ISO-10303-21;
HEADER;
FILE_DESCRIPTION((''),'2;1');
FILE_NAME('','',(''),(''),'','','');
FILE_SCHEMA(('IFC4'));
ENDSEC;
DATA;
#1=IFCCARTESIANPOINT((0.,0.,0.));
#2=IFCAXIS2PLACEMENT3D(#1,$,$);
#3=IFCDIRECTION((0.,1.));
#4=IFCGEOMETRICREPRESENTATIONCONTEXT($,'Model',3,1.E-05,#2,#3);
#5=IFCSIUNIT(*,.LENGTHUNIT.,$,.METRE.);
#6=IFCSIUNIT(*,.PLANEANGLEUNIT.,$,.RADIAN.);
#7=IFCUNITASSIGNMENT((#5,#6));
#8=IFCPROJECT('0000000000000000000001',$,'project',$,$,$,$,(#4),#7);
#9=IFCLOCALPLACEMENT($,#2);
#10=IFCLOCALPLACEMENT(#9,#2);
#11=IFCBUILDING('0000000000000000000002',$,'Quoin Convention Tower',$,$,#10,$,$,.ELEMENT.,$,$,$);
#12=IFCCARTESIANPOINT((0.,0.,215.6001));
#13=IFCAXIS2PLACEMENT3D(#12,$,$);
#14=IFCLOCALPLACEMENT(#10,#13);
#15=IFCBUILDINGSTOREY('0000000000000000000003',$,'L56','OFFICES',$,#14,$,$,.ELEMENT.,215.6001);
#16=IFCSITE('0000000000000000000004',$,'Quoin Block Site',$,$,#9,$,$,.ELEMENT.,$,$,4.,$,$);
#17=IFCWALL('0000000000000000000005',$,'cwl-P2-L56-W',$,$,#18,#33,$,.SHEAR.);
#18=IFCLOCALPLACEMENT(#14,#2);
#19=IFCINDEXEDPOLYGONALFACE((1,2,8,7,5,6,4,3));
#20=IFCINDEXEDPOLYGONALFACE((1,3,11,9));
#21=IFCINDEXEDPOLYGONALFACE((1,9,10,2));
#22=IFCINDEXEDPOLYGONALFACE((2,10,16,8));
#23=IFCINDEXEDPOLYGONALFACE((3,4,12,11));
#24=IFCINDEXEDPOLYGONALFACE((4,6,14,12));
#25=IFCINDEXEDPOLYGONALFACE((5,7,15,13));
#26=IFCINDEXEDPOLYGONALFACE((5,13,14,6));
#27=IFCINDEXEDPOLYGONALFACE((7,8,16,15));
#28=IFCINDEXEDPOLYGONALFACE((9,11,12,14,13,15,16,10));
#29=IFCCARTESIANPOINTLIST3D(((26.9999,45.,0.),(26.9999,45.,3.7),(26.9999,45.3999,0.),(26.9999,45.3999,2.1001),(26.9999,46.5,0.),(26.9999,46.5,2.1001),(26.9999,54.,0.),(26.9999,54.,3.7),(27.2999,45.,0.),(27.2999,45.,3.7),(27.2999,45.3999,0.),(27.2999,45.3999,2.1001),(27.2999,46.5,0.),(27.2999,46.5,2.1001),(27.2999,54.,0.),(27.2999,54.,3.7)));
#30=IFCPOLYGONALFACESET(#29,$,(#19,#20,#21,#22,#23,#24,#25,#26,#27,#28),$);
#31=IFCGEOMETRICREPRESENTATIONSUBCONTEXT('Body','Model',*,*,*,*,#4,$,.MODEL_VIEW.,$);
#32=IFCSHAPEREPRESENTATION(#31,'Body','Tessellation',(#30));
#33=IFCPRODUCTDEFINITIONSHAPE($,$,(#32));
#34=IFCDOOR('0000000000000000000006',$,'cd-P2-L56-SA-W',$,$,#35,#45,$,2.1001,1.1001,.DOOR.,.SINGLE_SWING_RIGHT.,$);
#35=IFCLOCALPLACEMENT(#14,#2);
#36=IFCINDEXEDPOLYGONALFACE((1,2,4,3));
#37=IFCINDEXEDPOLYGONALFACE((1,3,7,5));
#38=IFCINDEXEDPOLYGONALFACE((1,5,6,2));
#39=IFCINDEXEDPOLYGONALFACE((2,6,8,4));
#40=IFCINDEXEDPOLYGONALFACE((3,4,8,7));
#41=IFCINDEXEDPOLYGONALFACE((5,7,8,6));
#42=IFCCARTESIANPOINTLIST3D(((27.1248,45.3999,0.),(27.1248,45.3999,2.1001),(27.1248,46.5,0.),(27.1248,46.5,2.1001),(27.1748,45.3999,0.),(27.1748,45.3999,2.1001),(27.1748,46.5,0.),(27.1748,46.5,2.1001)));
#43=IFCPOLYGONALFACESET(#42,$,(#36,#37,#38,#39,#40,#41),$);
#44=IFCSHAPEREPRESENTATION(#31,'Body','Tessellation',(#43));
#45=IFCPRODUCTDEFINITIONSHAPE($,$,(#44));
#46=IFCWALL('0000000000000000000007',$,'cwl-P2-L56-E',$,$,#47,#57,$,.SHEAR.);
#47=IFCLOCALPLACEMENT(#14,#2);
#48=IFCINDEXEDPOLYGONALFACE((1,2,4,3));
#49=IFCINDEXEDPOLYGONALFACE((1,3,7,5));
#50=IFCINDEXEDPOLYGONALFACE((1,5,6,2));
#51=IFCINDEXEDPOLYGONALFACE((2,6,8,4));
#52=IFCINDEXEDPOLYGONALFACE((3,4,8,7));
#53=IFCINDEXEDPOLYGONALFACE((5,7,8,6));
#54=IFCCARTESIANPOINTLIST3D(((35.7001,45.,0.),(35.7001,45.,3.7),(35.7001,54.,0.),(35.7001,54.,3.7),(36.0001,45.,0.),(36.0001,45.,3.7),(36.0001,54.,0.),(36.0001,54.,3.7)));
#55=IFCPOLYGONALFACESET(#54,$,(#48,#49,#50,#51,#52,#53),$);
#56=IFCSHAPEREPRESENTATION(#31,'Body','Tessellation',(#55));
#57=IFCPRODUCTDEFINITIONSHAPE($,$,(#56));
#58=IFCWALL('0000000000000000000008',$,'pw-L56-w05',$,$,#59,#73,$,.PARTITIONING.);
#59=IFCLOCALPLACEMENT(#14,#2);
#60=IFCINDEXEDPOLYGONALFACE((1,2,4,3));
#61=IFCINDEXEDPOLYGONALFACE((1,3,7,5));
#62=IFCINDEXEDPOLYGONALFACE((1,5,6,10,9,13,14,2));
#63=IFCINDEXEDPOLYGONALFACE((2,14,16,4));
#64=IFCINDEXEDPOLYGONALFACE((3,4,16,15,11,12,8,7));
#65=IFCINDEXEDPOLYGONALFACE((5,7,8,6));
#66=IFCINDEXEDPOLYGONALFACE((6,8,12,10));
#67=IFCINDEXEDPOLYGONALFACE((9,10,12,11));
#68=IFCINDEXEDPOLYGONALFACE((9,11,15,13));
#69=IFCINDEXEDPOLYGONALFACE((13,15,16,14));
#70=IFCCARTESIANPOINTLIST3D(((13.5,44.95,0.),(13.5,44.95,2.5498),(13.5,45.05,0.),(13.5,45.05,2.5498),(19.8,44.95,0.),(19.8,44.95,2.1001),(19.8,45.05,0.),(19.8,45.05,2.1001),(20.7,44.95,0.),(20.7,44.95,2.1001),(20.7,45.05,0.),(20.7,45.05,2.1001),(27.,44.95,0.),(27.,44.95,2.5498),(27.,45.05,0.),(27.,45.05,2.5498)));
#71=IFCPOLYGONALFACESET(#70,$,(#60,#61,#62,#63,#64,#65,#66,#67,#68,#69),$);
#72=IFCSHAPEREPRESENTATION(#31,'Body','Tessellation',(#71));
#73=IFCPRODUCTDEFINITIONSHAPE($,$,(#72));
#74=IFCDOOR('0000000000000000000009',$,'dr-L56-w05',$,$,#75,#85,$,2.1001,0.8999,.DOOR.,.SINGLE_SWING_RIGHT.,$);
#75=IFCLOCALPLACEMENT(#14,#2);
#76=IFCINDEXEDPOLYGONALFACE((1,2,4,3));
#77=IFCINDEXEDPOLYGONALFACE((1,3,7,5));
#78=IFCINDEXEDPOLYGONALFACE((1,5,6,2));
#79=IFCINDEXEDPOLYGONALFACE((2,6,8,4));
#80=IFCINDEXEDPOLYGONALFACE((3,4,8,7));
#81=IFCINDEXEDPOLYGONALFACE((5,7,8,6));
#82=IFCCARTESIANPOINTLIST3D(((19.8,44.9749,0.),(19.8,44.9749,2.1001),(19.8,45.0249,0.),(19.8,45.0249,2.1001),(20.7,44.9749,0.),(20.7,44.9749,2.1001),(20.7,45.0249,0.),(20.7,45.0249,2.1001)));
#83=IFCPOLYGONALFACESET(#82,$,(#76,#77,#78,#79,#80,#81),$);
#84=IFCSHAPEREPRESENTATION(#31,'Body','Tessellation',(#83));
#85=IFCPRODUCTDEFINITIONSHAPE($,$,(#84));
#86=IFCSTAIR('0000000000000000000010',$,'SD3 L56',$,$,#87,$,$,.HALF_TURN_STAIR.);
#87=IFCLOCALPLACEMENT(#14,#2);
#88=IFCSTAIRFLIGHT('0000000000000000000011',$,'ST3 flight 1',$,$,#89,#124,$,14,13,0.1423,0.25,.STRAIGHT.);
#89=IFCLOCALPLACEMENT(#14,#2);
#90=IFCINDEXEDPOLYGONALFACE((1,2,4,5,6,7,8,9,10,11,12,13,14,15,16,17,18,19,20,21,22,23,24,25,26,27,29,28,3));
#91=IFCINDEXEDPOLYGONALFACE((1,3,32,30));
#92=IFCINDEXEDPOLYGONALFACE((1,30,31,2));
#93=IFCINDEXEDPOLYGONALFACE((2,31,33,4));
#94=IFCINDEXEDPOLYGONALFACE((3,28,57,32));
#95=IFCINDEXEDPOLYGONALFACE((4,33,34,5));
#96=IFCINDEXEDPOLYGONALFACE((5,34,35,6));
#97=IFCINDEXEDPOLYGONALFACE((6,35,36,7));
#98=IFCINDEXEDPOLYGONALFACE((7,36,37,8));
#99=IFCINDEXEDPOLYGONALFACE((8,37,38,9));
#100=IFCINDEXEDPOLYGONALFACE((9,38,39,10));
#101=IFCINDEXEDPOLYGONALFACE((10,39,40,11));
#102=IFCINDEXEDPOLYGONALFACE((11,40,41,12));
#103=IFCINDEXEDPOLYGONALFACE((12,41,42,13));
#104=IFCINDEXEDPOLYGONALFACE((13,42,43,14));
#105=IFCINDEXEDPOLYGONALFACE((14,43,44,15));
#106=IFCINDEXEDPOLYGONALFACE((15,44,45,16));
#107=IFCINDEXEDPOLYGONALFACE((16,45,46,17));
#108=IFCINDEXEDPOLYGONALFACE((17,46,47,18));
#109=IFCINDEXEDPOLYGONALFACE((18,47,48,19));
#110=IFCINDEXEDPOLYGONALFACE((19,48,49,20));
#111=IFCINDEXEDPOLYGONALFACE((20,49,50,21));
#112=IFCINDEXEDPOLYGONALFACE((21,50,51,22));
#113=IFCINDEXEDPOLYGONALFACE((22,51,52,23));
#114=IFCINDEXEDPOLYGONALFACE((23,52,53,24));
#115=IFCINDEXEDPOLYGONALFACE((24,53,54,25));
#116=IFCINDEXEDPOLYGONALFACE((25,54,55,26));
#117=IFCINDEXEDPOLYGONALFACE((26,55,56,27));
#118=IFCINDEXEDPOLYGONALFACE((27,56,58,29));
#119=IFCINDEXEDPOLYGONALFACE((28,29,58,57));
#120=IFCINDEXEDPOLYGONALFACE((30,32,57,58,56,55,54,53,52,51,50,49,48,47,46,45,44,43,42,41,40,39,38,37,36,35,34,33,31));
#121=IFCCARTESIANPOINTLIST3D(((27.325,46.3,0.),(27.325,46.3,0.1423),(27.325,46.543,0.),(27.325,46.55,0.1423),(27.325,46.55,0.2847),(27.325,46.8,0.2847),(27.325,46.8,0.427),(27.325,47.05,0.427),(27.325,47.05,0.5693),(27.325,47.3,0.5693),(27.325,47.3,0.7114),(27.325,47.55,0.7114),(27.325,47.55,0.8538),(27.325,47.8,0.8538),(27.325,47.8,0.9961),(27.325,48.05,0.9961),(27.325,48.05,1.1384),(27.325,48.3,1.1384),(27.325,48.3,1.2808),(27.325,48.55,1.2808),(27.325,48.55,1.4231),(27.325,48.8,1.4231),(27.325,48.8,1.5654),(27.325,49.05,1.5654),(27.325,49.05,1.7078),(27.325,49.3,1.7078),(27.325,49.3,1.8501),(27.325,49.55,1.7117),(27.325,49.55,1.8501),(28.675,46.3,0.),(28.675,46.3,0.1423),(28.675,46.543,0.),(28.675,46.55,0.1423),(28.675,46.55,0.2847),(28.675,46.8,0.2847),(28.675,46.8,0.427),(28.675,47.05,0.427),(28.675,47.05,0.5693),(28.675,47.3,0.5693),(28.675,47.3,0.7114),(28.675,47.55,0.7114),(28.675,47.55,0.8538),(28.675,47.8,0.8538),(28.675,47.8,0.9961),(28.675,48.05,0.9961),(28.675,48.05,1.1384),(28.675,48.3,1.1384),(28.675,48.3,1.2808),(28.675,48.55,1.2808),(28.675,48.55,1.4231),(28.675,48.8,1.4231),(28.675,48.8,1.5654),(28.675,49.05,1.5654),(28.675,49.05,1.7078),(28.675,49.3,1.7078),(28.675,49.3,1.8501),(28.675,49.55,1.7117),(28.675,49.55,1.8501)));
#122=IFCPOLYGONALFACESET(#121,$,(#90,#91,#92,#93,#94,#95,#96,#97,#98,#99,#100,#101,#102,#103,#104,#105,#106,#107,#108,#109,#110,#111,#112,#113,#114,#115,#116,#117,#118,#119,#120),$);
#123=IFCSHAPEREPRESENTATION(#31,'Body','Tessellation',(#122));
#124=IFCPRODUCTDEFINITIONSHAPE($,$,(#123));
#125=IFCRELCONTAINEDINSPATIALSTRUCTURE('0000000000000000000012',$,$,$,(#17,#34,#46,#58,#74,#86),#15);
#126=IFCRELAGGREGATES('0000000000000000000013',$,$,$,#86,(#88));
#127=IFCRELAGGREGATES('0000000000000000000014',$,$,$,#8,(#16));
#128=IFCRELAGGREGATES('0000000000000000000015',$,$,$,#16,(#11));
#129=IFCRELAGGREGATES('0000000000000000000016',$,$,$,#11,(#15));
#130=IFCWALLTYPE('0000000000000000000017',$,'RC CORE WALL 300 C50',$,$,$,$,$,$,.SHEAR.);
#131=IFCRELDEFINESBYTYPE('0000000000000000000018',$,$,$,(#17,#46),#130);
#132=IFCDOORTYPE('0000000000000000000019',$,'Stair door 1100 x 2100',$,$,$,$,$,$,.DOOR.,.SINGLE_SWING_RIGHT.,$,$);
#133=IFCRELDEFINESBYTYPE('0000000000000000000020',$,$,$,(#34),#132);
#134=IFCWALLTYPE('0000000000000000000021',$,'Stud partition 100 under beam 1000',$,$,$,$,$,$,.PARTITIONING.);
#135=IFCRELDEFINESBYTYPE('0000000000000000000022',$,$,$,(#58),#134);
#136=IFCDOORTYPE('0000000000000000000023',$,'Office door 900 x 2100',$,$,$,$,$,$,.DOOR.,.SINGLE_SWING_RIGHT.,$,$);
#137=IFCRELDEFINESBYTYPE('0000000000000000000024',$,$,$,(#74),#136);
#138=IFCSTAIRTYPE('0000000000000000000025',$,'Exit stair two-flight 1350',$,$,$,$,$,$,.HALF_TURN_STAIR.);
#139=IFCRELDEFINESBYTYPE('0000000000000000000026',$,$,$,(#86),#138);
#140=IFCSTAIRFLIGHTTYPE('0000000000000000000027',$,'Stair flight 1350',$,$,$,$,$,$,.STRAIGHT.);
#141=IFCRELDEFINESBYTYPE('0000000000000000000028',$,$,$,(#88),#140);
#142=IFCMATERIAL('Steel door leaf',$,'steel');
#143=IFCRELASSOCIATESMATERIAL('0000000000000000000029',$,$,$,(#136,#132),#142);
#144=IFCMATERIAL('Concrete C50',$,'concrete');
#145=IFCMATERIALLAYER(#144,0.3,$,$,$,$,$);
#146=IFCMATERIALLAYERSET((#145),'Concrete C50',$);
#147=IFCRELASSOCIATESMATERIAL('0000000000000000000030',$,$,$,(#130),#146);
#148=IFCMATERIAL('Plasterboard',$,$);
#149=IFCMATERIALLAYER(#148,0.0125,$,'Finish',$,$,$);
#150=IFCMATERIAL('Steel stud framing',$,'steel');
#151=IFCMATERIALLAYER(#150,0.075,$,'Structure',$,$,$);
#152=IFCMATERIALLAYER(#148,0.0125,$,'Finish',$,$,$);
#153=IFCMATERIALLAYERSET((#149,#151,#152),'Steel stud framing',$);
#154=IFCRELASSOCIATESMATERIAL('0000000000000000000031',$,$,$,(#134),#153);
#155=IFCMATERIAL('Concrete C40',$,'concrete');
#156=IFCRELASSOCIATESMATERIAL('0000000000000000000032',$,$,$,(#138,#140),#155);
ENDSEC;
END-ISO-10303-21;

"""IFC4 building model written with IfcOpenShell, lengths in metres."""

from ifc_helpers import new_model, si_unit, direction, frame, frame_2d, origin, place, context, subcontext, project, spatial, polyline, rectangle, outline, extrude, material, layer, layer_set, type_object, element, fill, aggregate, save


model = new_model("IFC4")

# Units and contexts
model_context = context("Model", 3, precision=1e-05, world=origin(), true_north=direction((0.0, 1.0)))
body_context = subcontext(model_context, "Body", "Model", "MODEL_VIEW")
ifc_project = project(units=[si_unit("LENGTHUNIT", "METRE"), si_unit("PLANEANGLEUNIT", "RADIAN")], contexts=[model_context])

# Site, building, storey
site_placement = place(None, origin())
site = spatial("IfcSite", under=ifc_project, at=site_placement, Name="Quoin Block Site", CompositionType="ELEMENT", RefElevation=4.0)
building_placement = place(site_placement, origin())
building = spatial("IfcBuilding", under=site, at=building_placement, Name="Quoin Convention Tower", CompositionType="ELEMENT")
storey_placement = place(building_placement, frame((0.0, 0.0, 215.6001)))
storey = spatial("IfcBuildingStorey", under=building, at=storey_placement, Name="L56", Description="OFFICES", CompositionType="ELEMENT", Elevation=215.6001)

# Shared definitions
ifc_material_1 = material(Name="Concrete C50", Category="concrete")

# Wall, opening, door
ifc_material_2 = material(Name="Plasterboard")
ifc_material_3 = material(Name="Steel stud framing", Category="steel")
ifc_material_4 = material(Name="Steel door leaf", Category="steel")
door_type_1 = type_object("IfcDoorType", Name="Office door 900 x 2100", OperationType="SINGLE_SWING_RIGHT", PredefinedType="DOOR", material=ifc_material_4)
ifc_layer_1 = layer(ifc_material_1, 0.3)
ifc_layer_set_1 = layer_set([ifc_layer_1], Name="Concrete C50")
wall_type_1 = type_object("IfcWallType", Name="RC CORE WALL 300 C50", PredefinedType="SHEAR", material=ifc_layer_set_1)
wall_1_placement = place(storey_placement, frame((27.1499, 45.0, 0.0), z_axis=(0.0, 0.0, 1.0), x_axis=(0.0, 1.0, 0.0)))
wall_1 = element("IfcWall", 1, at=wall_1_placement, inside=storey, type_object=wall_type_1, Name="cwl-P2-L56-W", PredefinedType="SHEAR", context=body_context, shape_type="SweptSolid", body=[
    extrude(rectangle(XDim=9.0, YDim=0.3, at=frame_2d((4.5, 0.0))), origin(), (0.0, 0.0, 1.0), 3.7),
])
opening_1_placement = place(wall_1_placement, frame((0.3999, 0.0, 0.0)))
opening_1 = element("IfcOpeningElement", 2, at=opening_1_placement, cuts=wall_1, PredefinedType="OPENING", context=body_context, shape_type="SweptSolid", body=[
    extrude(rectangle(XDim=1.1001, YDim=2.1001, at=frame_2d((0.55, 1.05))), frame((0.0, 0.1599, 0.0), z_axis=(0.0, -1.0, 0.0), x_axis=(1.0, 0.0, 0.0)), (0.0, 0.0, 1.0), 0.3201),
])
door_type_2 = type_object("IfcDoorType", Name="Stair door 1100 x 2100", OperationType="SINGLE_SWING_RIGHT", PredefinedType="DOOR", material=ifc_material_4)
door_1_placement = place(opening_1_placement, frame((1.1001, 0.0, 0.0), z_axis=(0.0, 0.0, 1.0), x_axis=(-1.0, 0.0, 0.0)))
door_1 = element("IfcDoor", 3, at=door_1_placement, inside=storey, type_object=door_type_2, Name="cd-P2-L56-SA-W", OperationType="SINGLE_SWING_RIGHT", OverallHeight=2.1001, OverallWidth=1.1001, PredefinedType="DOOR", context=body_context, shape_type="SweptSolid", body=[
    extrude(rectangle(XDim=1.1001, YDim=2.1001, at=frame_2d((0.55, 1.05))), frame((0.0, 0.0249, 0.0), z_axis=(0.0, -1.0, 0.0), x_axis=(1.0, 0.0, 0.0)), (0.0, 0.0, 1.0), 0.05),
])
fill(opening_1, door_1)

# Wall
wall_2_placement = place(storey_placement, frame((35.8501, 45.0, 0.0), z_axis=(0.0, 0.0, 1.0), x_axis=(0.0, 1.0, 0.0)))
element("IfcWall", 4, at=wall_2_placement, inside=storey, type_object=wall_type_1, Name="cwl-P2-L56-E", PredefinedType="SHEAR", context=body_context, shape_type="SweptSolid", body=[
    extrude(rectangle(XDim=9.0, YDim=0.3, at=frame_2d((4.5, 0.0))), origin(), (0.0, 0.0, 1.0), 3.7),
])

# Wall, opening, door
ifc_layer_2 = layer(ifc_material_2, 0.0125, Name="Finish")
ifc_layer_3 = layer(ifc_material_3, 0.075, Name="Structure")
ifc_layer_4 = layer(ifc_material_2, 0.0125, Name="Finish")
ifc_layer_set_2 = layer_set([ifc_layer_2, ifc_layer_3, ifc_layer_4], Name="Steel stud framing")
wall_type_2 = type_object("IfcWallType", Name="Stud partition 100 under beam 1000", PredefinedType="PARTITIONING", material=ifc_layer_set_2)
wall_3_placement = place(storey_placement, frame((13.5, 45.0, 0.0), z_axis=(0.0, 0.0, 1.0), x_axis=(1.0, 0.0, 0.0)))
wall_3 = element("IfcWall", 5, at=wall_3_placement, inside=storey, type_object=wall_type_2, Name="pw-L56-w05", PredefinedType="PARTITIONING", context=body_context, shape_type="SweptSolid", body=[
    extrude(rectangle(XDim=13.5, YDim=0.1001, at=frame_2d((6.75, 0.0))), origin(), (0.0, 0.0, 1.0), 2.5498),
])
opening_2_placement = place(wall_3_placement, frame((6.3, 0.0, 0.0)))
opening_2 = element("IfcOpeningElement", 6, at=opening_2_placement, cuts=wall_3, PredefinedType="OPENING", context=body_context, shape_type="SweptSolid", body=[
    extrude(rectangle(XDim=0.8999, YDim=2.1001, at=frame_2d((0.45, 1.05))), frame((0.0, 0.0601, 0.0), z_axis=(0.0, -1.0, 0.0), x_axis=(1.0, 0.0, 0.0)), (0.0, 0.0, 1.0), 0.1201),
])
door_2_placement = place(opening_2_placement, origin())
door_2 = element("IfcDoor", 7, at=door_2_placement, inside=storey, type_object=door_type_1, Name="dr-L56-w05", OperationType="SINGLE_SWING_RIGHT", OverallHeight=2.1001, OverallWidth=0.8999, PredefinedType="DOOR", context=body_context, shape_type="SweptSolid", body=[
    extrude(rectangle(XDim=0.8999, YDim=2.1001, at=frame_2d((0.45, 1.05))), frame((0.0, 0.0249, 0.0), z_axis=(0.0, -1.0, 0.0), x_axis=(1.0, 0.0, 0.0)), (0.0, 0.0, 1.0), 0.05),
])
fill(opening_2, door_2)

# Stair, stair flight
ifc_material_5 = material(Name="Concrete C40", Category="concrete")
stair_type = type_object("IfcStairType", Name="Exit stair two-flight 1350", PredefinedType="HALF_TURN_STAIR", material=ifc_material_5)
stair_placement = place(storey_placement, origin())
stair = element("IfcStair", 8, at=stair_placement, inside=storey, type_object=stair_type, Name="SD3 L56", PredefinedType="HALF_TURN_STAIR")
stair_flight_type = type_object("IfcStairFlightType", Name="Stair flight 1350", PredefinedType="STRAIGHT", material=ifc_material_5)
stair_flight_placement = place(storey_placement, frame((28.0, 46.3, 0.0), z_axis=(0.0, 0.0, 1.0), x_axis=(0.0, 1.0, 0.0)))
stair_flight = element("IfcStairFlight", 9, at=stair_flight_placement, type_object=stair_flight_type, Name="ST3 flight 1", NumberOfRisers=14, NumberOfTreads=13, PredefinedType="STRAIGHT", RiserHeight=0.1423, TreadLength=0.25, context=body_context, shape_type="SweptSolid", body=[
    extrude(outline(polyline([(0.0, 0.0), (0.0, 0.1423), (0.25, 0.1423), (0.25, 0.2847), (0.5, 0.2847), (0.5, 0.427), (0.75, 0.427), (0.75, 0.5693), (1.0, 0.5693), (1.0, 0.7114), (1.25, 0.7114), (1.25, 0.8538), (1.5, 0.8538), (1.5, 0.9961), (1.75, 0.9961), (1.75, 1.1384), (2.0, 1.1384), (2.0, 1.2808), (2.25, 1.2808), (2.25, 1.4231), (2.5, 1.4231), (2.5, 1.5654), (2.75, 1.5654), (2.75, 1.7078), (3.0, 1.7078), (3.0, 1.8501), (3.25, 1.8501), (3.25, 1.9922), (3.25, 1.7117), (0.2429, 0.0), (0.0, 0.0)])), frame((0.0, 0.675, 0.0), z_axis=(0.0, -1.0, 0.0), x_axis=(1.0, 0.0, 0.0)), (0.0, 0.0, 1.0), 1.3501),
])
aggregate(stair, [stair_flight])

save(model, "model.ifc")
